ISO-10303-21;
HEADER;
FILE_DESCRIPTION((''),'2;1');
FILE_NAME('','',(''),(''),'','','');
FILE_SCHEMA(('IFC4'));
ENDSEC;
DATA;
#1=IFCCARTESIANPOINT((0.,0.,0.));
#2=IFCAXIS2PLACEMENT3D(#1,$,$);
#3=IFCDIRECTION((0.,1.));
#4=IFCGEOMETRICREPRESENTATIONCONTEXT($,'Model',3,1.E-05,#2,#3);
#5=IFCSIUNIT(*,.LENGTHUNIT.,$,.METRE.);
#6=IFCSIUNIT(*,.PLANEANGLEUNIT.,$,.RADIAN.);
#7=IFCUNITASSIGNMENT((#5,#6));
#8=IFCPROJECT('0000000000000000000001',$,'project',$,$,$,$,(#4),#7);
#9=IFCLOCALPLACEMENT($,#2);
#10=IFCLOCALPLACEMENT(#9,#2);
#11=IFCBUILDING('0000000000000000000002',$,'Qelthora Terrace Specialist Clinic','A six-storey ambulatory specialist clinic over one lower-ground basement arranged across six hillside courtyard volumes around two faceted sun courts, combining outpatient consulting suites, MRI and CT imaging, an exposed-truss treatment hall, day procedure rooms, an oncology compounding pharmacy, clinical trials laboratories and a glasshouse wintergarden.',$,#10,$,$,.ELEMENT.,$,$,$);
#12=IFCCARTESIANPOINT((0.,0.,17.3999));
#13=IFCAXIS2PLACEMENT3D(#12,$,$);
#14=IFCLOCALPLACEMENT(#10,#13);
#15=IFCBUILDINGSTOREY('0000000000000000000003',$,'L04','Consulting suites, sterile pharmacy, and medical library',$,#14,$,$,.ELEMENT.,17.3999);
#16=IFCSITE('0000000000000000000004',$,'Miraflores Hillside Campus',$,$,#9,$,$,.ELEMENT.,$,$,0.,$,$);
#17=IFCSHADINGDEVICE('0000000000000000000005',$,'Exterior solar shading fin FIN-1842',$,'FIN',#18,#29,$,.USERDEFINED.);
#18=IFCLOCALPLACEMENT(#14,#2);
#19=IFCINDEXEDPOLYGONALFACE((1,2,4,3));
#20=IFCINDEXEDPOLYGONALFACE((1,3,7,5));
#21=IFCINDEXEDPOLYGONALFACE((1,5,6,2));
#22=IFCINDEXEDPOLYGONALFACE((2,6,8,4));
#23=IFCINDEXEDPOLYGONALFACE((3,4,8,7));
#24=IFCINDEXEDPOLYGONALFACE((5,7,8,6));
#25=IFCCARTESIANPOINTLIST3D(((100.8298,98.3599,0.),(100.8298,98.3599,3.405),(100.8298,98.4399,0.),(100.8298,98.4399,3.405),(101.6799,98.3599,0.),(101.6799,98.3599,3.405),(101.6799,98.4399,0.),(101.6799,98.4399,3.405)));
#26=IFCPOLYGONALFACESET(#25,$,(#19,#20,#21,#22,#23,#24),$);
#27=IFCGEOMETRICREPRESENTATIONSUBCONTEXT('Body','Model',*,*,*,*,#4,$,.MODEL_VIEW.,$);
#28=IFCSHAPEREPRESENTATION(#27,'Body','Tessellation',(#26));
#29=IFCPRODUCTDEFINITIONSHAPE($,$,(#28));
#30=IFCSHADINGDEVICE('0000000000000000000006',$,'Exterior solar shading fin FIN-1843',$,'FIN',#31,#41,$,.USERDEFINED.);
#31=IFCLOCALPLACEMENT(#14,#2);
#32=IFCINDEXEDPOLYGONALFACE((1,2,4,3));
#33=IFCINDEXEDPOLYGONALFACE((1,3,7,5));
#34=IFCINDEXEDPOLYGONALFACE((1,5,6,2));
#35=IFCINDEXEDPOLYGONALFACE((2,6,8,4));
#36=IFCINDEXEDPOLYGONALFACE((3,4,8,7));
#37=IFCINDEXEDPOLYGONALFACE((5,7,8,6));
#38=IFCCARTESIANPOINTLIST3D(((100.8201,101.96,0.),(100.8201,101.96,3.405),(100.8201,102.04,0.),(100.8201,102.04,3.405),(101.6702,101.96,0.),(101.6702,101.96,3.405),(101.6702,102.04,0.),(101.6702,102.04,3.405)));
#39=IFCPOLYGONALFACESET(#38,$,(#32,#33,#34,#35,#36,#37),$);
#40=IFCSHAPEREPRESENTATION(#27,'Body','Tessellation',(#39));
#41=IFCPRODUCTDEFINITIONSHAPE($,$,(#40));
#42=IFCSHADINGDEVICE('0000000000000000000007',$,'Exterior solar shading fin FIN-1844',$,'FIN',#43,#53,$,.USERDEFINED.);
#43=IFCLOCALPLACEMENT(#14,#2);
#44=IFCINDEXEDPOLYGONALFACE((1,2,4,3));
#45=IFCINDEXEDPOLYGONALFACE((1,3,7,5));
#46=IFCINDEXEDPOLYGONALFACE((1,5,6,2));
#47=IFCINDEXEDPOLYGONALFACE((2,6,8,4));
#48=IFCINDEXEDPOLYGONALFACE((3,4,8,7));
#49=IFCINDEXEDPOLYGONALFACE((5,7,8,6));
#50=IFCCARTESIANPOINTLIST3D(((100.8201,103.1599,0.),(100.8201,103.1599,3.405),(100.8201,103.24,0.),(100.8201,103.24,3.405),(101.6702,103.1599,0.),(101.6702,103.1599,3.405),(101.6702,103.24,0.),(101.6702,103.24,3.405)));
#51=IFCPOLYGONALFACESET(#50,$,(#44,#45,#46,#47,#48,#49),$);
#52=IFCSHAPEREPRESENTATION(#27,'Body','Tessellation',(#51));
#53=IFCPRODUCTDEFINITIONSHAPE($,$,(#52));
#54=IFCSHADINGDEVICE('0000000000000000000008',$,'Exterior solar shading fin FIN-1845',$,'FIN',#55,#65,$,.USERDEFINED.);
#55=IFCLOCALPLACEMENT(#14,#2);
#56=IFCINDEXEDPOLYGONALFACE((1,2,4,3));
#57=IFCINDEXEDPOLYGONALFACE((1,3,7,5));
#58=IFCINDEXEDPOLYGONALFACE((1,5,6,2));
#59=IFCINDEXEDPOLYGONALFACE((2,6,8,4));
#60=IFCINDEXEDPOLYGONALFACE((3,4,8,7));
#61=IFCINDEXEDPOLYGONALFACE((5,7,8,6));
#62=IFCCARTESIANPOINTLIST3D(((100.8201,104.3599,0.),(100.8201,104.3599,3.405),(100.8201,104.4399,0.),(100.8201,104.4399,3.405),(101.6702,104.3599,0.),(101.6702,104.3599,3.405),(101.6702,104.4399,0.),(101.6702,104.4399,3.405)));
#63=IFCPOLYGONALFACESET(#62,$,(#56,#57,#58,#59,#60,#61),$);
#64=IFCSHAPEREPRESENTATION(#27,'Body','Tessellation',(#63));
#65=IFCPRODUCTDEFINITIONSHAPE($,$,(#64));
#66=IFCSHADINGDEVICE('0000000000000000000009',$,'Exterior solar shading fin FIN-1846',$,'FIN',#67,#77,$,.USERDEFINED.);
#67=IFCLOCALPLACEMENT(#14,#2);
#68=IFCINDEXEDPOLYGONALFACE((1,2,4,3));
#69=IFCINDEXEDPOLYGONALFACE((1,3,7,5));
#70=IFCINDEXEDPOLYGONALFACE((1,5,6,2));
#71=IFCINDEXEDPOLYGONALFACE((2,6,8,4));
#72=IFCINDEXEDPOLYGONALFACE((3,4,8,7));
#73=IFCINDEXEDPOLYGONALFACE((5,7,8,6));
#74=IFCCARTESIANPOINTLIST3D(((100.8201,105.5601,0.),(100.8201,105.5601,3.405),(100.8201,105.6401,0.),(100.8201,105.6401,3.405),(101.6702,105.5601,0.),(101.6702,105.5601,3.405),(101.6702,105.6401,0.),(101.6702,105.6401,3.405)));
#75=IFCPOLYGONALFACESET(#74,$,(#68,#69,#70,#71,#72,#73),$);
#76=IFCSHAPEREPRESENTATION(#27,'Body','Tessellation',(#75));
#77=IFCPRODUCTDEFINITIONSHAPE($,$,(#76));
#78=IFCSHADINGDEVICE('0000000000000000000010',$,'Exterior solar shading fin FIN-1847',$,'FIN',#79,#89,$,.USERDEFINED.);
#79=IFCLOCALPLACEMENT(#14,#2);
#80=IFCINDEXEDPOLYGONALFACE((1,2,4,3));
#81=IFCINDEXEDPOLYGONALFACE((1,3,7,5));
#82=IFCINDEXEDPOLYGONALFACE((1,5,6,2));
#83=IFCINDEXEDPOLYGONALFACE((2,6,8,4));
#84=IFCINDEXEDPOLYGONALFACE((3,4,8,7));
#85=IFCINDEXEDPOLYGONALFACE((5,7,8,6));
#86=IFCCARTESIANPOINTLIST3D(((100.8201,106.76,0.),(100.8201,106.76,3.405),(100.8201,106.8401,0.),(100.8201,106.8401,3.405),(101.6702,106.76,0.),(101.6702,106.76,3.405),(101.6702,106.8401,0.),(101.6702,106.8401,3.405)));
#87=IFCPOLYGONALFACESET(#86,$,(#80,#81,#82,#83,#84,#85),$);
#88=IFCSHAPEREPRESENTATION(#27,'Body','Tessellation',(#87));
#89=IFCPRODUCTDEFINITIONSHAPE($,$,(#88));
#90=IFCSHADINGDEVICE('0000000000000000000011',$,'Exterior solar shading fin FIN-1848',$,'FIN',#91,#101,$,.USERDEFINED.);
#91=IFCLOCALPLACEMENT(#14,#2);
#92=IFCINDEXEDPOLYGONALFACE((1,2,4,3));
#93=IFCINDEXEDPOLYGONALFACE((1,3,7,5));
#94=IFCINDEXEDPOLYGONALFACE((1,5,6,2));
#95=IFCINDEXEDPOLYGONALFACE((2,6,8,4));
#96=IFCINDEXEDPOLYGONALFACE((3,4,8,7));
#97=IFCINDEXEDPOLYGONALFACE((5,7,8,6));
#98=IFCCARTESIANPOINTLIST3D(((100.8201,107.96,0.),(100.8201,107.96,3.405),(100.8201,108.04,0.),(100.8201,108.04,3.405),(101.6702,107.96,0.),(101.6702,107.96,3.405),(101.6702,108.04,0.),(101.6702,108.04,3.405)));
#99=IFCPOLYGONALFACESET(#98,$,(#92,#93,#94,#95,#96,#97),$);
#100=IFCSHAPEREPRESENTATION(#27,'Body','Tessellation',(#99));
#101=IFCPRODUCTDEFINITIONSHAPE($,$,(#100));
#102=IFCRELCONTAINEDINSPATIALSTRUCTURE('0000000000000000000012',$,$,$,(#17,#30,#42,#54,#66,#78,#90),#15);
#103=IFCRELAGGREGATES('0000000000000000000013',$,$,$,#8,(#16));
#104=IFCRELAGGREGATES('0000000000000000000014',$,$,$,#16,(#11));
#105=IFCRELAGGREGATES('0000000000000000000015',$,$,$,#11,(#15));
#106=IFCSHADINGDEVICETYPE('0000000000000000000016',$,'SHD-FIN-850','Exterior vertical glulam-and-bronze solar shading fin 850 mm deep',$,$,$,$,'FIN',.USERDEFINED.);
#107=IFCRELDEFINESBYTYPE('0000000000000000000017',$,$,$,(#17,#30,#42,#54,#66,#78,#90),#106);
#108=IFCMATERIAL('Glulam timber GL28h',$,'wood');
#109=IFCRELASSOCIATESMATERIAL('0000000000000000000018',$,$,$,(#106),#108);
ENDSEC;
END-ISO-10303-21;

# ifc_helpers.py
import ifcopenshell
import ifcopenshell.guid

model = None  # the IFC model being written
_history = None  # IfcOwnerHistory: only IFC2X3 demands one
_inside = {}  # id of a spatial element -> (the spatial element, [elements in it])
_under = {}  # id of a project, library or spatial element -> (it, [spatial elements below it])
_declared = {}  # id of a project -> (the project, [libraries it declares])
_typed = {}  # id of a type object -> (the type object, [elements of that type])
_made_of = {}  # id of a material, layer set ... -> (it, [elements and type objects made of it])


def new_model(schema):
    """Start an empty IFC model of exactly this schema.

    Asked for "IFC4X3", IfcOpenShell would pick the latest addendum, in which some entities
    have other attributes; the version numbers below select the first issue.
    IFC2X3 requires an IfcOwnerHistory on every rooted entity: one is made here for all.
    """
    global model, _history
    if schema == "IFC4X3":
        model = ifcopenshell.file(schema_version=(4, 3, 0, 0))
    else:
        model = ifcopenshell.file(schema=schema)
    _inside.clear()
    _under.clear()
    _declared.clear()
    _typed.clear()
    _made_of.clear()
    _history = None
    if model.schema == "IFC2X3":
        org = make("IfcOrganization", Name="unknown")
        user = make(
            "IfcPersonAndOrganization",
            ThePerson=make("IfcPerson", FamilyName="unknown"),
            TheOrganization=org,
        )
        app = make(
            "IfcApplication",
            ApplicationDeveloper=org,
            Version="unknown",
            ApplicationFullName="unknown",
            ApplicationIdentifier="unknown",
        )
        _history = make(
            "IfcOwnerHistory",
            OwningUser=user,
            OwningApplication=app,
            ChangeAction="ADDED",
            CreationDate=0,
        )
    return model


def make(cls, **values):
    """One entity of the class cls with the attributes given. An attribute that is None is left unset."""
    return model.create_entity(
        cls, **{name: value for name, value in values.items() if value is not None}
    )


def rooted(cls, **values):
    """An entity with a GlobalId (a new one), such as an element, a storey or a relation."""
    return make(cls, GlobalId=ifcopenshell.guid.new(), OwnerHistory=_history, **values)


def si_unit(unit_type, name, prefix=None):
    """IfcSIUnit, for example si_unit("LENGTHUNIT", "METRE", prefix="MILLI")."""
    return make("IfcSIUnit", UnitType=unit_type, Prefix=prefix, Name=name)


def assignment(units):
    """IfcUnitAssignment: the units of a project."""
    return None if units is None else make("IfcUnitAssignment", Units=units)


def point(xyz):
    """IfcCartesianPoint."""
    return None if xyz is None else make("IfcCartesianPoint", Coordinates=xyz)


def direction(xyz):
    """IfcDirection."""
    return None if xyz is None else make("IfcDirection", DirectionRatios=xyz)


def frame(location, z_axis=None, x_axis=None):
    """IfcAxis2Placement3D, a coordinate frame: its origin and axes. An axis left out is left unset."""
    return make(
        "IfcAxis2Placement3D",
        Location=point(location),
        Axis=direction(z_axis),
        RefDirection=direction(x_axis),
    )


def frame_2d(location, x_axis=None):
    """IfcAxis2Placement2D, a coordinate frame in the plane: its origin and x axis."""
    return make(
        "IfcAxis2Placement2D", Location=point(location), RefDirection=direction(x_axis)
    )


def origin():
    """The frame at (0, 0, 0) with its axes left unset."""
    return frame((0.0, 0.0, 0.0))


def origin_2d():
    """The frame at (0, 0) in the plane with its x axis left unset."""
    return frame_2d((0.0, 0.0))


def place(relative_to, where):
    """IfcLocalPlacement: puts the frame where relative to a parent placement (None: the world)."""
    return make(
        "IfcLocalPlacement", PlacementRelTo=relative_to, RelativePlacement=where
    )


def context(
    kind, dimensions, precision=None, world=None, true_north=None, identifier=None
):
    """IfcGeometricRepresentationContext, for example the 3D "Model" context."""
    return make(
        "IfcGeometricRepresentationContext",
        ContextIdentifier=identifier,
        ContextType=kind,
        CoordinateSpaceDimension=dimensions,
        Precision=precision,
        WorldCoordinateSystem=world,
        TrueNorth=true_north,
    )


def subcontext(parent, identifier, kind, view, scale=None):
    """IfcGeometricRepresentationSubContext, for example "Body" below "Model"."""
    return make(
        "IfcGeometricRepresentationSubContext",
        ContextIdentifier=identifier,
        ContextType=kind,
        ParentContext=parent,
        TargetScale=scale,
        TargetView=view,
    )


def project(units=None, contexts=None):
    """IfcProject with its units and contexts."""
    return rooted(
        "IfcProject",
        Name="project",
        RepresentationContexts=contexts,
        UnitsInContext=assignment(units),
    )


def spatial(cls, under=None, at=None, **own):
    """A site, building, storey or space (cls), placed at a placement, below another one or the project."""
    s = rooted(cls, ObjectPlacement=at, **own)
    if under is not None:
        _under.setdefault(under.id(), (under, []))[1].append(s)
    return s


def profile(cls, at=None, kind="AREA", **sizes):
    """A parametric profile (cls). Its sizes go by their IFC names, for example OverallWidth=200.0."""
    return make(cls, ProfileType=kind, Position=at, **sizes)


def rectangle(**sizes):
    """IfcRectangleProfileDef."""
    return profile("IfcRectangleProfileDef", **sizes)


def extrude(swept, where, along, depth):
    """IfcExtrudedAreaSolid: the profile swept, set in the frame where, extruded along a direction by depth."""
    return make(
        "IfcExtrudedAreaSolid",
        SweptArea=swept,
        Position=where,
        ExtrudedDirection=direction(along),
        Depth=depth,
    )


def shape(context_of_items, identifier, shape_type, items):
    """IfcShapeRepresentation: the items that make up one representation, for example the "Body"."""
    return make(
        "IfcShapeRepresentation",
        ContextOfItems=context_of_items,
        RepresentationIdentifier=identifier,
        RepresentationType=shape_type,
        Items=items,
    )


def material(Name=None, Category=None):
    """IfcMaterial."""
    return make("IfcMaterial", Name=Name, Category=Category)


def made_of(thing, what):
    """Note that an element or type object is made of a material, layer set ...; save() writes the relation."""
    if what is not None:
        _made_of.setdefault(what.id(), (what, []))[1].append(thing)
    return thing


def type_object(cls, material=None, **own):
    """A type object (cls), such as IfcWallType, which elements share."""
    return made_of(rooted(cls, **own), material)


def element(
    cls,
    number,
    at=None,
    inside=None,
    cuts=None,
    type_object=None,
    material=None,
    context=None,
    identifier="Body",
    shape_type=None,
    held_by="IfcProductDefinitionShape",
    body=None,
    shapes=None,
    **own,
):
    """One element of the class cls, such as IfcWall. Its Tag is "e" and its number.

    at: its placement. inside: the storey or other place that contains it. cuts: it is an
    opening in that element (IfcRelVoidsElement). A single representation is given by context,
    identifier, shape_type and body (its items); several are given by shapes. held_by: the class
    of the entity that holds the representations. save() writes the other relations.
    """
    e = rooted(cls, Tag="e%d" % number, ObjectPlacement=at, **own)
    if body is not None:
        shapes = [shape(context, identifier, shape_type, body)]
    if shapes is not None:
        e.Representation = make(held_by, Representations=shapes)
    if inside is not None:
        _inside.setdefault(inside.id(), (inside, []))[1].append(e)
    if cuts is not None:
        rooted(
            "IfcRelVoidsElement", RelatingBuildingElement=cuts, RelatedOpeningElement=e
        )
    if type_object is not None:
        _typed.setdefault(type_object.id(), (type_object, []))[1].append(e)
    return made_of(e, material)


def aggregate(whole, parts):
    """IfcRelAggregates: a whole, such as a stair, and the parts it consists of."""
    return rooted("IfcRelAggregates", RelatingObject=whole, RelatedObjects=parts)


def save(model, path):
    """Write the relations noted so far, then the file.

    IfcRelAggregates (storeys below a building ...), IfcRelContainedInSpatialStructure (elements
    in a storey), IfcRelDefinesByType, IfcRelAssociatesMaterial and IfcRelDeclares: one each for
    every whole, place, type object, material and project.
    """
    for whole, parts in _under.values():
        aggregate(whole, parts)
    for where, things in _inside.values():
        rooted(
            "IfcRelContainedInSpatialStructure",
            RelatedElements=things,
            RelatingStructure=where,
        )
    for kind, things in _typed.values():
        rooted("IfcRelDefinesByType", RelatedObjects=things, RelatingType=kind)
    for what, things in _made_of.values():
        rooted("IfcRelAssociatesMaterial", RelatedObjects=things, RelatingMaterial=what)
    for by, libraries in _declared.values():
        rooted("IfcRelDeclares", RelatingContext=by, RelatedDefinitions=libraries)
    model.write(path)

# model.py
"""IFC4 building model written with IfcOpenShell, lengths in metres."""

from ifc_helpers import new_model, si_unit, direction, frame, origin, origin_2d, place, context, subcontext, project, spatial, rectangle, extrude, material, type_object, element, save


model = new_model("IFC4")

# Units and contexts
model_context = context("Model", 3, precision=1e-05, world=origin(), true_north=direction((0.0, 1.0)))
body_context = subcontext(model_context, "Body", "Model", "MODEL_VIEW")
ifc_project = project(units=[si_unit("LENGTHUNIT", "METRE"), si_unit("PLANEANGLEUNIT", "RADIAN")], contexts=[model_context])

# Site, building, storey
site_placement = place(None, origin())
site = spatial("IfcSite", under=ifc_project, at=site_placement, Name="Miraflores Hillside Campus", CompositionType="ELEMENT", RefElevation=0.0)
building_placement = place(site_placement, origin())
building = spatial("IfcBuilding", under=site, at=building_placement, Name="Qelthora Terrace Specialist Clinic", Description="A six-storey ambulatory specialist clinic over one lower-ground basement arranged across six hillside courtyard volumes around two faceted sun courts, combining outpatient consulting suites, MRI and CT imaging, an exposed-truss treatment hall, day procedure rooms, an oncology compounding pharmacy, clinical trials laboratories and a glasshouse wintergarden.", CompositionType="ELEMENT")
storey_placement = place(building_placement, frame((0.0, 0.0, 17.3999)))
storey = spatial("IfcBuildingStorey", under=building, at=storey_placement, Name="L04", Description="Consulting suites, sterile pharmacy, and medical library", CompositionType="ELEMENT", Elevation=17.3999)

# Shading devices
ifc_material_1 = material(Name="Glulam timber GL28h", Category="wood")
shading_device_type = type_object("IfcShadingDeviceType", Name="SHD-FIN-850", Description="Exterior vertical glulam-and-bronze solar shading fin 850 mm deep", ElementType="FIN", PredefinedType="USERDEFINED", material=ifc_material_1)
for number, where, z_axis, x_axis, name in (
    (1, (101.2549, 98.3999, 0.0), (0.0, 0.0, 1.0), (1.0, 0.0, 0.0), "Exterior solar shading fin FIN-1842"),
    (2, (101.2451, 102.0, 0.0), (0.0, 0.0, 1.0), (1.0, 0.0, 0.0), "Exterior solar shading fin FIN-1843"),
    (3, (101.2451, 103.2, 0.0), (0.0, 0.0, 1.0), (1.0, 0.0, 0.0), "Exterior solar shading fin FIN-1844"),
    (4, (101.2451, 104.3999, 0.0), (0.0, 0.0, 1.0), (1.0, 0.0, 0.0), "Exterior solar shading fin FIN-1845"),
    (5, (101.2451, 105.6001, 0.0), (0.0, 0.0, 1.0), (1.0, 0.0, 0.0), "Exterior solar shading fin FIN-1846"),
    (6, (101.2451, 106.8, 0.0), (0.0, 0.0, 1.0), (1.0, 0.0, 0.0), "Exterior solar shading fin FIN-1847"),
    (7, (101.2451, 108.0, 0.0), (0.0, 0.0, 1.0), (1.0, 0.0, 0.0), "Exterior solar shading fin FIN-1848"),
):
    element("IfcShadingDevice", number, at=place(storey_placement, frame(where, z_axis=z_axis, x_axis=x_axis)), inside=storey, type_object=shading_device_type, Name=name, ObjectType="FIN", PredefinedType="USERDEFINED", context=body_context, shape_type="SweptSolid", body=[
        extrude(rectangle(XDim=0.8501, YDim=0.0801, at=origin_2d()), origin(), (0.0, 0.0, 1.0), 3.405),
    ])

save(model, "model.ifc")
